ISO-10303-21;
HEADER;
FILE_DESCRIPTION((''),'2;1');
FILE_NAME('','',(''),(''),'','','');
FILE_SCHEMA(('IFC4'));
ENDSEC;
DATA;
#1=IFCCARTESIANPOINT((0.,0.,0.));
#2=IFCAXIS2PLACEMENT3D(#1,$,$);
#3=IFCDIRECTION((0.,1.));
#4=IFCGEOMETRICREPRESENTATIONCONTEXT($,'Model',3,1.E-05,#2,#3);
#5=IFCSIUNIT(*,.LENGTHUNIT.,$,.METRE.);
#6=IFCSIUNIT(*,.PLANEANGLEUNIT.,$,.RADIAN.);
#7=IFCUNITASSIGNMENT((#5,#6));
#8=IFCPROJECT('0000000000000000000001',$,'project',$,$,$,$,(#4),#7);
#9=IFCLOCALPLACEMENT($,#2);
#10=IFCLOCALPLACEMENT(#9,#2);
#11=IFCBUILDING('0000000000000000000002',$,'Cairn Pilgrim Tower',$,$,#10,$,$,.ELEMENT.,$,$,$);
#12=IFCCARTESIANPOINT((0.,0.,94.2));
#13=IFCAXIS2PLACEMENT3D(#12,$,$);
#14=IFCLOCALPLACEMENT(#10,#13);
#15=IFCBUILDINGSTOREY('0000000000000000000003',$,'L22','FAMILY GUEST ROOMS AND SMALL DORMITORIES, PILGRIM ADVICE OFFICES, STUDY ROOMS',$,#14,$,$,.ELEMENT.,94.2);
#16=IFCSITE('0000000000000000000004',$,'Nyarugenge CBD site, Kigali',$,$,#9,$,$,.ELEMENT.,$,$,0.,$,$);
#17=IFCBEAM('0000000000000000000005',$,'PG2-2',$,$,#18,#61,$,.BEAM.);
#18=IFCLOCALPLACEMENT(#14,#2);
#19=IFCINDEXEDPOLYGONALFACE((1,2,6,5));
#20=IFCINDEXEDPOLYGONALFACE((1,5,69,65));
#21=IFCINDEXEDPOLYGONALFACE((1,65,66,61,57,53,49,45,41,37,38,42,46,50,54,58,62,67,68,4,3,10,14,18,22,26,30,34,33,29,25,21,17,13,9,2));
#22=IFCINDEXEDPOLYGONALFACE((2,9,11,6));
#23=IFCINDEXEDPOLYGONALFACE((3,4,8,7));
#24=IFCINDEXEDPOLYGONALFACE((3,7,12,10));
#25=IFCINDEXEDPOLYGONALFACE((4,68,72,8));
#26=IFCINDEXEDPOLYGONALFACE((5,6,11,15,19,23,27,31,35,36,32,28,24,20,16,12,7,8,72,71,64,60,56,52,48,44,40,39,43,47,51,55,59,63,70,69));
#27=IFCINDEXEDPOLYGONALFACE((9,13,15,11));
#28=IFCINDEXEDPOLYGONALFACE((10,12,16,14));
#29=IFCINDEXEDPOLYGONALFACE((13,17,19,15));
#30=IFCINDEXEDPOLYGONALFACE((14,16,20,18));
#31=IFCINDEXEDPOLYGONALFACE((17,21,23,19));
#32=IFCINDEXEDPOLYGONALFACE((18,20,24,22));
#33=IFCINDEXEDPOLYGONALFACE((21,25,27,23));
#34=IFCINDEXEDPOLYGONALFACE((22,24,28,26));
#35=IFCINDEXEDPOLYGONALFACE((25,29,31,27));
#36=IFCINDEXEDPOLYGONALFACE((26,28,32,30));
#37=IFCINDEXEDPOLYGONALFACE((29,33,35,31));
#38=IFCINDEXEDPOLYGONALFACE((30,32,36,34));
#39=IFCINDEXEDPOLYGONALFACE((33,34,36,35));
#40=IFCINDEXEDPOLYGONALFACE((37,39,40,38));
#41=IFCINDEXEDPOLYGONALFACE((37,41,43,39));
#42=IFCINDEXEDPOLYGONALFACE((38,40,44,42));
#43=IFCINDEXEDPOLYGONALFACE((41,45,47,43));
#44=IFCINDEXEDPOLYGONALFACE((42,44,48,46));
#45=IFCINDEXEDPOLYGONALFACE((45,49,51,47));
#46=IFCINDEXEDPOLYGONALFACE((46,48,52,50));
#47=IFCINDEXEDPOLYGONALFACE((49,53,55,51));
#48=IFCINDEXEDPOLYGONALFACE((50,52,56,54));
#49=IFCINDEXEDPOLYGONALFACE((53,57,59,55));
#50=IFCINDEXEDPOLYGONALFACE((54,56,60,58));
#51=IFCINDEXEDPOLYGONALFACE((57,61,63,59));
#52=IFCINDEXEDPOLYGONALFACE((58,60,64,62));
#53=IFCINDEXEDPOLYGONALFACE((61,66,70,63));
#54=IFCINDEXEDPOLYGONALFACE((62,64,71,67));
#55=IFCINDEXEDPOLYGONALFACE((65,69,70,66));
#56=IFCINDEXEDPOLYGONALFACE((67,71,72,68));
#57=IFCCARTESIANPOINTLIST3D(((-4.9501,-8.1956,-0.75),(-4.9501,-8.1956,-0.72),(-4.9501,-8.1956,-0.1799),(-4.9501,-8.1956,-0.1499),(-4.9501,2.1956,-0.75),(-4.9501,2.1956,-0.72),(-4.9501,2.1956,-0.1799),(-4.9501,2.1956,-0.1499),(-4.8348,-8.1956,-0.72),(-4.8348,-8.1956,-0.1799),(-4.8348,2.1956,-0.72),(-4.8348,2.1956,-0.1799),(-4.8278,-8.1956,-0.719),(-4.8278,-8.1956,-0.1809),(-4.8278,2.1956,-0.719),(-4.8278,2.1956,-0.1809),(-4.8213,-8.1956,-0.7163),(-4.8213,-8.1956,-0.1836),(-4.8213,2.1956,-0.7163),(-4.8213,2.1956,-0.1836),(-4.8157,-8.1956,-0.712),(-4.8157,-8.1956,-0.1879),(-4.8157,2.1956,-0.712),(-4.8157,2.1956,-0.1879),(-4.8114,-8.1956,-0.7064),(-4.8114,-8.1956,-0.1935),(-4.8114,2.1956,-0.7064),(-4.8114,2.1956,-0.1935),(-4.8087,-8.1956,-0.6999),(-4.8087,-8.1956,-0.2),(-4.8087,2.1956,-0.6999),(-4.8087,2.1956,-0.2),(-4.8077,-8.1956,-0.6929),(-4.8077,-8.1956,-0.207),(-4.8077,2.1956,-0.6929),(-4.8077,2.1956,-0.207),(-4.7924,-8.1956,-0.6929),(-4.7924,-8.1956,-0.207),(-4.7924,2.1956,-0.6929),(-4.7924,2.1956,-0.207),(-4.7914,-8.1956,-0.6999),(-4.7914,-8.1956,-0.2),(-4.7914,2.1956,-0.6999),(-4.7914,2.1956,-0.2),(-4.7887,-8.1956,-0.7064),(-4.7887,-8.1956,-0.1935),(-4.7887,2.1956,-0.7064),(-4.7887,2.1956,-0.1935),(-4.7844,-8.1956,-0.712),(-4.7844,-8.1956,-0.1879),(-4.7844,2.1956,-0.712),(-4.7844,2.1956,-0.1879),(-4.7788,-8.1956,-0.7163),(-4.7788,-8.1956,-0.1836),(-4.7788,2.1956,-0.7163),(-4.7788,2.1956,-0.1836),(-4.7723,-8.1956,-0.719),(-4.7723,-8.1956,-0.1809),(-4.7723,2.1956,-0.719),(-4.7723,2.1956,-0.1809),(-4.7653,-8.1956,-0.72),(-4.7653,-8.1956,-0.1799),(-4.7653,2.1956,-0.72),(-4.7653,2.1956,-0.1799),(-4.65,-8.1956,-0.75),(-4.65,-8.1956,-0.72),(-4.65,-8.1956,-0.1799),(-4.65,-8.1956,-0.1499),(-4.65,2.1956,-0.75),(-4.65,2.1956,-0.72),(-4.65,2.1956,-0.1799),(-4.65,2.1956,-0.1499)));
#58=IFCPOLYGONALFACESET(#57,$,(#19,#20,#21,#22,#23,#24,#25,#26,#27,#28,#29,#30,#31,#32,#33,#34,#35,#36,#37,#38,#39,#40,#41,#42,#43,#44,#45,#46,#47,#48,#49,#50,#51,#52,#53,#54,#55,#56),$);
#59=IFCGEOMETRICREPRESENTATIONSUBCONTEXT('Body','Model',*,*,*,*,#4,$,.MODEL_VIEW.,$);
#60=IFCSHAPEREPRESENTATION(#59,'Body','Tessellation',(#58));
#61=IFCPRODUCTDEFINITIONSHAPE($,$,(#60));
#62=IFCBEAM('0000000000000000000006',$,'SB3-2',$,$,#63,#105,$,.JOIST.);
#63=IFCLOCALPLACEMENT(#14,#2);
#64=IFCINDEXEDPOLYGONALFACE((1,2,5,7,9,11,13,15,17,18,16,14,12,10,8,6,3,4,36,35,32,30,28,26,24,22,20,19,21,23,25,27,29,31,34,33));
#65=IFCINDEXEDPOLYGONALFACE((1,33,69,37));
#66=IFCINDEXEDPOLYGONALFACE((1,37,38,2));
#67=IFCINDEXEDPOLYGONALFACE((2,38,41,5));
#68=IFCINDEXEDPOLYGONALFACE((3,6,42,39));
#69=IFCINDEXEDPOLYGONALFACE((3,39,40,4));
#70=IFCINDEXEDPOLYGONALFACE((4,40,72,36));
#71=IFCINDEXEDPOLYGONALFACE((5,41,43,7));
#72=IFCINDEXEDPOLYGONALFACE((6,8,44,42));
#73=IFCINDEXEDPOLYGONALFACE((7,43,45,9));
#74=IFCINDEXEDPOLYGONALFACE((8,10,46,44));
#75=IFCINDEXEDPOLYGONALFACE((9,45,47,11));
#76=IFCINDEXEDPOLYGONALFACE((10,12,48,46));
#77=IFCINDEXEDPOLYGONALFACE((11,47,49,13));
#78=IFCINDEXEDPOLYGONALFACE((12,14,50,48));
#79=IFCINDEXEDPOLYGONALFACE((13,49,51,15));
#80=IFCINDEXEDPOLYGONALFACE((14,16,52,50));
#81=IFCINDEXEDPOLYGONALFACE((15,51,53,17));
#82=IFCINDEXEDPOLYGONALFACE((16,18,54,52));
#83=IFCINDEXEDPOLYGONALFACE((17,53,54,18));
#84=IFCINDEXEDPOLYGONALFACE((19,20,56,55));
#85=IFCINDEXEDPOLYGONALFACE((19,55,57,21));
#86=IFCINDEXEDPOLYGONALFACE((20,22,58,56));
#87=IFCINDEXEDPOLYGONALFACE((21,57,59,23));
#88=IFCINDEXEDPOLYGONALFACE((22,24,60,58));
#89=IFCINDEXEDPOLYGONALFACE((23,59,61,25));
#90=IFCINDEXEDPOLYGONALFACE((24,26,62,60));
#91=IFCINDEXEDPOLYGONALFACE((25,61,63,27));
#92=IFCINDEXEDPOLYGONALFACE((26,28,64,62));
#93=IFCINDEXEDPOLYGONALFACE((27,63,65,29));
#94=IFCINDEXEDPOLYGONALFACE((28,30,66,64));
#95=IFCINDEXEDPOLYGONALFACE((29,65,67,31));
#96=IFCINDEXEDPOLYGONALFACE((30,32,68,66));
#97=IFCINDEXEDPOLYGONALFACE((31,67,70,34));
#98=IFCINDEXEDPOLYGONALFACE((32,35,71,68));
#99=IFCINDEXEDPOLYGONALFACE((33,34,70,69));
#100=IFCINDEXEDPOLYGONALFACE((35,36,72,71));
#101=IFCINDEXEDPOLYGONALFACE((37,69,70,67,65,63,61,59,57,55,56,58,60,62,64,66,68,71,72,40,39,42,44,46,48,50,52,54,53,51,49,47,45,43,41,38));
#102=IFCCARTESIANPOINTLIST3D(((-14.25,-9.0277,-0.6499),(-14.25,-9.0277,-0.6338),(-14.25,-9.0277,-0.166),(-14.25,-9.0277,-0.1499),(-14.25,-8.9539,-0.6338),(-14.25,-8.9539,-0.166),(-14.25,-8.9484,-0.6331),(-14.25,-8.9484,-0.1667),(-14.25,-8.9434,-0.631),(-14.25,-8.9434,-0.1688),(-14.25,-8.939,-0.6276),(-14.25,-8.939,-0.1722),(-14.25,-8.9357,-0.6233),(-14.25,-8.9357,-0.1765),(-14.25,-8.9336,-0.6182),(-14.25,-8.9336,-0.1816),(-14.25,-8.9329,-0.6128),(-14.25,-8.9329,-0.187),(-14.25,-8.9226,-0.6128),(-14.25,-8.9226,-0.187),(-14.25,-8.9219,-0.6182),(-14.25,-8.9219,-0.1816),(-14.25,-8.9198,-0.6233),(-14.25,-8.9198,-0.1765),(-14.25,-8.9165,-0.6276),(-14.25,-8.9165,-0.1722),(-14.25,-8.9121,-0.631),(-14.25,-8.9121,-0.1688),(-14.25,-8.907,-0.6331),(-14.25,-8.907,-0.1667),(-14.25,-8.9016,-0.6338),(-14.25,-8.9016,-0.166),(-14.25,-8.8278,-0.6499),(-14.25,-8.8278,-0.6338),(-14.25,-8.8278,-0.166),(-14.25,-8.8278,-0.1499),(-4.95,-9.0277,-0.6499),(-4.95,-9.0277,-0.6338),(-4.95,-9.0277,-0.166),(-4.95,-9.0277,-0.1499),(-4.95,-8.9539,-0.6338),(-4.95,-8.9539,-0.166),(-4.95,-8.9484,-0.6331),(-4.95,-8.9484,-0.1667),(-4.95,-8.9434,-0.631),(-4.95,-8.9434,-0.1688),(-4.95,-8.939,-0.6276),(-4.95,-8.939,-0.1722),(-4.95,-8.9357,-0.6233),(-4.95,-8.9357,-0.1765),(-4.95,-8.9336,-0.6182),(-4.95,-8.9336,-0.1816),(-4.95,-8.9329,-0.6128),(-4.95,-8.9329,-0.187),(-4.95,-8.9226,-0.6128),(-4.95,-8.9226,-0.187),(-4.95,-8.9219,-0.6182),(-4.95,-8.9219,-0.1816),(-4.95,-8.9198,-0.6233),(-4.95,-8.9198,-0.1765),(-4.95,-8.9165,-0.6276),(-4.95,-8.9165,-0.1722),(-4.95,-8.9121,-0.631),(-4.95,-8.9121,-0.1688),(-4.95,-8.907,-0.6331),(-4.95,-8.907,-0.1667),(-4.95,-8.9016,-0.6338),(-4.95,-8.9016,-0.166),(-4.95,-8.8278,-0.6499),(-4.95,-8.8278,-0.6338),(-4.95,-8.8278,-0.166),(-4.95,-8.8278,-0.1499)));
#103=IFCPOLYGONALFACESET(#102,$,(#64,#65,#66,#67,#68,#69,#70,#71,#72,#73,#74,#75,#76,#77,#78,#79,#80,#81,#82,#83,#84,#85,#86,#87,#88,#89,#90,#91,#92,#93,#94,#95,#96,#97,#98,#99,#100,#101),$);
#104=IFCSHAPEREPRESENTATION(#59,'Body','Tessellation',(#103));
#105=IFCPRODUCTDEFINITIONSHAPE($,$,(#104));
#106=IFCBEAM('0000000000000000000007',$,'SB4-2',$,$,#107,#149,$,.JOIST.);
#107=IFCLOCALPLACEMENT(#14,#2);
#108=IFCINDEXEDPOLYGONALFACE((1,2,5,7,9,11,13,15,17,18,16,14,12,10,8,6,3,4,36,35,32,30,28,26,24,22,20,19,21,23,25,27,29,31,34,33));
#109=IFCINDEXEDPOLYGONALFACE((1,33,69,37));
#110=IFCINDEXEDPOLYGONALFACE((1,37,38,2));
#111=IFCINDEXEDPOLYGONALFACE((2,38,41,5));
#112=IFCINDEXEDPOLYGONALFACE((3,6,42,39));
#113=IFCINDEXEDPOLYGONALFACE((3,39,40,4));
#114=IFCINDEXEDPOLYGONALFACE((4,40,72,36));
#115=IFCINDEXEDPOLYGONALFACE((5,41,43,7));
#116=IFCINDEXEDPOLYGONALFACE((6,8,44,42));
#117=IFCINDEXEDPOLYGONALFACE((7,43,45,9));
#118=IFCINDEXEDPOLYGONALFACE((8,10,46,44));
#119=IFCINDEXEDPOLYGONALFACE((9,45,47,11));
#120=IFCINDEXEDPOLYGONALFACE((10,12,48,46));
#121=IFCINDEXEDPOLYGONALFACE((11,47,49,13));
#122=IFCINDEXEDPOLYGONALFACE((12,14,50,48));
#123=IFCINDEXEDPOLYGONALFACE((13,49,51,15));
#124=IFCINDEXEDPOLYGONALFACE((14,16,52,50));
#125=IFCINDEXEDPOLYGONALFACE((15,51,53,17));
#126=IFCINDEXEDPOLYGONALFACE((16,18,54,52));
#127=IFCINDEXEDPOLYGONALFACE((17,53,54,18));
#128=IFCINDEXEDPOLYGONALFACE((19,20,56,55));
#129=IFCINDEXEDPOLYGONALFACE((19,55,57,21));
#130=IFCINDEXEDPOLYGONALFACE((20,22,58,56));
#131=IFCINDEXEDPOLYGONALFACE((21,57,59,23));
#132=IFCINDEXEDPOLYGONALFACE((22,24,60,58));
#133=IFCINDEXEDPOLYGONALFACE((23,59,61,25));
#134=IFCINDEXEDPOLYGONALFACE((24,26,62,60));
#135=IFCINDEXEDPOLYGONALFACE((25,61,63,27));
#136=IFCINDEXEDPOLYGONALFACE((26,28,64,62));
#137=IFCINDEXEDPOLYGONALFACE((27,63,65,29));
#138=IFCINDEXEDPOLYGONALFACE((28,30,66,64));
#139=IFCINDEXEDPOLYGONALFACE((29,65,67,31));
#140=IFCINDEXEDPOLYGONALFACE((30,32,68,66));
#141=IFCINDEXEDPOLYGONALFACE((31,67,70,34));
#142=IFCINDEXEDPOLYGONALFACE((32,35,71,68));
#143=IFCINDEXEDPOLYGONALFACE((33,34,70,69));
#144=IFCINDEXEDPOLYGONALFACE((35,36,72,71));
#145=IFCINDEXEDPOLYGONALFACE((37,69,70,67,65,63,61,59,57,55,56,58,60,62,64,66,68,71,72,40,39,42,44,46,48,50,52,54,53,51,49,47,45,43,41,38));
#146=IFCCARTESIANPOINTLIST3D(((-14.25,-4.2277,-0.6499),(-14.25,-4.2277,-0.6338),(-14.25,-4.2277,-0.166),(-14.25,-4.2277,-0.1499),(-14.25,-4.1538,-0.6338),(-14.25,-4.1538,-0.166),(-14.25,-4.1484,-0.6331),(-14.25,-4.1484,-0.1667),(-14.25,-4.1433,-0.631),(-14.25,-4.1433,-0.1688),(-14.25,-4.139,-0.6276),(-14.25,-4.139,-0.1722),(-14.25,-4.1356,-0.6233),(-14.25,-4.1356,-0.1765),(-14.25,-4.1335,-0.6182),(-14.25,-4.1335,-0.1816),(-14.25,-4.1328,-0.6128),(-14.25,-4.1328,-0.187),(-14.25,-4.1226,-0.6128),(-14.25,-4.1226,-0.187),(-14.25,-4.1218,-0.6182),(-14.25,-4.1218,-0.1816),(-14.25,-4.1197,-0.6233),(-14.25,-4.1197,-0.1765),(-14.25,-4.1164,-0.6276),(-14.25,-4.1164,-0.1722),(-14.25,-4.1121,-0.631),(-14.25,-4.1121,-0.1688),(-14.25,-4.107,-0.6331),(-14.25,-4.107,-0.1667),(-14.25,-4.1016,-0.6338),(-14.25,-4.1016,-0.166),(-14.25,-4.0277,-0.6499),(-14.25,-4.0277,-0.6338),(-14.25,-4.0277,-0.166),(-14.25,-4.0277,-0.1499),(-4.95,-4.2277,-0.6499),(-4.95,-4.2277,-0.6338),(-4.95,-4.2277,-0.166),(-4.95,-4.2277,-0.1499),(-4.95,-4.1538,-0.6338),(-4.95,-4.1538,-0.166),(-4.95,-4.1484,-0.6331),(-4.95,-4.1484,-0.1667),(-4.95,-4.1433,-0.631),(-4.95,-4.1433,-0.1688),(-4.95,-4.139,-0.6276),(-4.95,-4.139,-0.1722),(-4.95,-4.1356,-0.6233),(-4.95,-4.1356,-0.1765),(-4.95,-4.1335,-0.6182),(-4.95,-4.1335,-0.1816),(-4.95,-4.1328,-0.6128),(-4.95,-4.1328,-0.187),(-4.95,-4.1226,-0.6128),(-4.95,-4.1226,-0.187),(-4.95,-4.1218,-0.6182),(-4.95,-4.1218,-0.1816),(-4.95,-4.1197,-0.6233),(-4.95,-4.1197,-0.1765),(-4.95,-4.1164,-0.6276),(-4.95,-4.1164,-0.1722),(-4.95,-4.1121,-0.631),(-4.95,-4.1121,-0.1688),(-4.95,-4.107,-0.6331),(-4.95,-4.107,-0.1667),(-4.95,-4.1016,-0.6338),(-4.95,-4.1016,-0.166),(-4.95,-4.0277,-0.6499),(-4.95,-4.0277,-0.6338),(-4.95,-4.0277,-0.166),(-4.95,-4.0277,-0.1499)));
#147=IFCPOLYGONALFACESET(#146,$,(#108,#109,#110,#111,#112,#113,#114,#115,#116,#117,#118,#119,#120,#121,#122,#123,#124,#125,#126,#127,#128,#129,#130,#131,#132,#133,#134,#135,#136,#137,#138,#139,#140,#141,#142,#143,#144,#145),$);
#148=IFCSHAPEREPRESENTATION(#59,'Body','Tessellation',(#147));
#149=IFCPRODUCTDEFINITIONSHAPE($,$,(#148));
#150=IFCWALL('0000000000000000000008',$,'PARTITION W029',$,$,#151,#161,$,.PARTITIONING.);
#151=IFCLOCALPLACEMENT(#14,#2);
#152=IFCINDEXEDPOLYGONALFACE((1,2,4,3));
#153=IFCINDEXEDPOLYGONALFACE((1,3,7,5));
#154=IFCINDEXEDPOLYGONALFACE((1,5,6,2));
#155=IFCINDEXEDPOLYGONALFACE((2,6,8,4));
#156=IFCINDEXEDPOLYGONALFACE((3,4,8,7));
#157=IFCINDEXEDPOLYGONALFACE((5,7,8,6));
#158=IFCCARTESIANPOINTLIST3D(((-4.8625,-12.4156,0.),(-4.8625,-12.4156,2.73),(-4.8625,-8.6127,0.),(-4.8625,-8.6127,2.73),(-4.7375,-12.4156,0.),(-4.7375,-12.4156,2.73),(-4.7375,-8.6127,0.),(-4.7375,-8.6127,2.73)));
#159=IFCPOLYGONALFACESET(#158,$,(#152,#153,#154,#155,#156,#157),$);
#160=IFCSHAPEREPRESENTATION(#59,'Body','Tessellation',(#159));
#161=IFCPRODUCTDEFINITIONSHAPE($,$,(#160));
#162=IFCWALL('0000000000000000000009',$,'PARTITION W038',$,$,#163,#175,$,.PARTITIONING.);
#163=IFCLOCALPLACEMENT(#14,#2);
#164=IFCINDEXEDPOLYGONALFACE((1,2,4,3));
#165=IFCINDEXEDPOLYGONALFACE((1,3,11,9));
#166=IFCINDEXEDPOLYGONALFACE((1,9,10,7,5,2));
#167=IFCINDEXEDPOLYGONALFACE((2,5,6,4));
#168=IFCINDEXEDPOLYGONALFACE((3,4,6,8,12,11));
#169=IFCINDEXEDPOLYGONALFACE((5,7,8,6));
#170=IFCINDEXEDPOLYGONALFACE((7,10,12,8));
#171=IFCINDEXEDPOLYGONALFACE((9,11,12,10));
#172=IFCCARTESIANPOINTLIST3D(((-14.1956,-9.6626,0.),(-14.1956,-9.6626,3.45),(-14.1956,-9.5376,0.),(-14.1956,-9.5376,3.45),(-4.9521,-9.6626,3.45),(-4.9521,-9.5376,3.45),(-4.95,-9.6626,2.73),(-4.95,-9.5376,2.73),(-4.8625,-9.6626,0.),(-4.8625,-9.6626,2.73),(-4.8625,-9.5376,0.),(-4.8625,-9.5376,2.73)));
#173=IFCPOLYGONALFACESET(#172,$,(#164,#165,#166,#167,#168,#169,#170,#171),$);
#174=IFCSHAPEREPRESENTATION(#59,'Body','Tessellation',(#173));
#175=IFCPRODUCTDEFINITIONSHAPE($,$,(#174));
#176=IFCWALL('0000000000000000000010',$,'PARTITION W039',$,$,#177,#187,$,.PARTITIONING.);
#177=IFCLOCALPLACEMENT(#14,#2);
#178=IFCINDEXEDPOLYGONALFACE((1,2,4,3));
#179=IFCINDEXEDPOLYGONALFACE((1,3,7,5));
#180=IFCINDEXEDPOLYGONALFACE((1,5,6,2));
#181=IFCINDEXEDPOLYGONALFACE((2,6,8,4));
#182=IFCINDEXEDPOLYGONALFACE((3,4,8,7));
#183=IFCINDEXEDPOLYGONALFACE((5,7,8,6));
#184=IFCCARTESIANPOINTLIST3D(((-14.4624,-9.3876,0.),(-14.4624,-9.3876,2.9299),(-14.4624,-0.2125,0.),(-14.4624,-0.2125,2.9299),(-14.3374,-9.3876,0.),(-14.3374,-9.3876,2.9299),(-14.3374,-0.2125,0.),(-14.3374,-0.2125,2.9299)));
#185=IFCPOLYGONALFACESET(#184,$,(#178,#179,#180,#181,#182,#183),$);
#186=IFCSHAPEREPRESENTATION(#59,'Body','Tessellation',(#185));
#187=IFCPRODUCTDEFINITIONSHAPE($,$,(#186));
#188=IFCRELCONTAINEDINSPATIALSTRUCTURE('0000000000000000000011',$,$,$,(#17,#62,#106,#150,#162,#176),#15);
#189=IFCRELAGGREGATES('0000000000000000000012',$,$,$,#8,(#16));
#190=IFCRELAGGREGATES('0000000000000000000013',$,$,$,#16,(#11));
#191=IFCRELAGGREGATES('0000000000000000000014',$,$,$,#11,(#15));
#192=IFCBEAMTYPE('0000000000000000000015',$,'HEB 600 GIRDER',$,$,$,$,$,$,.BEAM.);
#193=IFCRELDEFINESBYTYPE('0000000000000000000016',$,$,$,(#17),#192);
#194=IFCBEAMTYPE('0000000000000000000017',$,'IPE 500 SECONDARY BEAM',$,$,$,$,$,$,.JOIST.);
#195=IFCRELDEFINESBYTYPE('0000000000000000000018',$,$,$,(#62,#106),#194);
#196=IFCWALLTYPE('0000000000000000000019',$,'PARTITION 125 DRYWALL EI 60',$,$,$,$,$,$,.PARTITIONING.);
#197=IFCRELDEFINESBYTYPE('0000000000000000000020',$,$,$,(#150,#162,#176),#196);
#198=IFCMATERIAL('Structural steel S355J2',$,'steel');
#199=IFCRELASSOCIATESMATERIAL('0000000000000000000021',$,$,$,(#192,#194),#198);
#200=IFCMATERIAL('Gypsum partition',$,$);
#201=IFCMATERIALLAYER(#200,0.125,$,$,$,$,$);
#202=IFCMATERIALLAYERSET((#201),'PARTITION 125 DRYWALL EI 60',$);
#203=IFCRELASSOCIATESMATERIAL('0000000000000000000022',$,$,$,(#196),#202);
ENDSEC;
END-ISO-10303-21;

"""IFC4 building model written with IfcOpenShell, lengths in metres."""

from ifc_helpers import new_model, si_unit, direction, frame, frame_2d, origin, origin_2d, place, context, subcontext, project, spatial, polyline, rectangle, i_section, outline, extrude, material, layer, layer_set, material_profile, profile_set, type_object, element, save


model = new_model("IFC4")

# Units and contexts
model_context = context("Model", 3, precision=1e-05, world=origin(), true_north=direction((0.0, 1.0)))
body_context = subcontext(model_context, "Body", "Model", "MODEL_VIEW")
ifc_project = project(units=[si_unit("LENGTHUNIT", "METRE"), si_unit("PLANEANGLEUNIT", "RADIAN")], contexts=[model_context])

# Site, building, storey
site_placement = place(None, origin())
site = spatial("IfcSite", under=ifc_project, at=site_placement, Name="Nyarugenge CBD site, Kigali", CompositionType="ELEMENT", RefElevation=0.0)
building_placement = place(site_placement, origin())
building = spatial("IfcBuilding", under=site, at=building_placement, Name="Cairn Pilgrim Tower", CompositionType="ELEMENT")
storey_placement = place(building_placement, frame((0.0, 0.0, 94.2)))
storey = spatial("IfcBuildingStorey", under=building, at=storey_placement, Name="L22", Description="FAMILY GUEST ROOMS AND SMALL DORMITORIES, PILGRIM ADVICE OFFICES, STUDY ROOMS", CompositionType="ELEMENT", Elevation=94.2)

# Beams
ifc_material_1 = material(Name="Structural steel S355J2", Category="steel")
ifc_material_profile_1 = material_profile(ifc_material_1, i_section(OverallWidth=0.3, OverallDepth=0.6001, WebThickness=0.0154, FlangeThickness=0.03, FilletRadius=0.0271, at=origin_2d()), Name="HEB 600")
ifc_profile_set_1 = profile_set([ifc_material_profile_1], Name="Structural steel S355J2")
beam_type_1 = type_object("IfcBeamType", Name="HEB 600 GIRDER", PredefinedType="BEAM", material=ifc_profile_set_1)
beam_1_placement = place(storey_placement, frame((-4.8, -8.1956, -0.45), z_axis=(0.0, 1.0, 0.0), x_axis=(-1.0, 0.0, 0.0)))
element("IfcBeam", 1, at=beam_1_placement, inside=storey, type_object=beam_type_1, Name="PG2-2", PredefinedType="BEAM", context=body_context, shape_type="SweptSolid", body=[
    extrude(i_section(OverallWidth=0.3, OverallDepth=0.6001, WebThickness=0.0154, FlangeThickness=0.03, FilletRadius=0.0271, at=origin_2d()), origin(), (0.0, 0.0, 1.0), 10.3911),
])
ifc_material_profile_2 = material_profile(ifc_material_1, i_section(OverallWidth=0.2, OverallDepth=0.5, WebThickness=0.0103, FlangeThickness=0.0161, FilletRadius=0.021, at=origin_2d()), Name="IPE 500")
ifc_profile_set_2 = profile_set([ifc_material_profile_2], Name="Structural steel S355J2")
beam_type_2 = type_object("IfcBeamType", Name="IPE 500 SECONDARY BEAM", PredefinedType="JOIST", material=ifc_profile_set_2)
for number, where, z_axis, x_axis, name in (
    (2, (-14.25, -8.9277, -0.3999), (1.0, 0.0, 0.0), (0.0, 1.0, 0.0), "SB3-2"),
    (3, (-14.25, -4.1277, -0.3999), (1.0, 0.0, 0.0), (0.0, 1.0, 0.0), "SB4-2"),
):
    element("IfcBeam", number, at=place(storey_placement, frame(where, z_axis=z_axis, x_axis=x_axis)), inside=storey, type_object=beam_type_2, Name=name, PredefinedType="JOIST", context=body_context, shape_type="SweptSolid", body=[
        extrude(i_section(OverallWidth=0.2, OverallDepth=0.5, WebThickness=0.0103, FlangeThickness=0.0161, FilletRadius=0.021, at=origin_2d()), origin(), (0.0, 0.0, 1.0), 9.3),
    ])

# Walls
ifc_material_2 = material(Name="Gypsum partition")
ifc_layer_1 = layer(ifc_material_2, 0.125)
ifc_layer_set_1 = layer_set([ifc_layer_1], Name="PARTITION 125 DRYWALL EI 60")
wall_type_1 = type_object("IfcWallType", Name="PARTITION 125 DRYWALL EI 60", PredefinedType="PARTITIONING", material=ifc_layer_set_1)
wall_1_placement = place(storey_placement, frame((-4.8, -12.4155, 0.0), z_axis=(0.0, 0.0, 1.0), x_axis=(0.0, 1.0, 0.0)))
element("IfcWall", 4, at=wall_1_placement, inside=storey, type_object=wall_type_1, Name="PARTITION W029", PredefinedType="PARTITIONING", context=body_context, shape_type="SweptSolid", body=[
    extrude(rectangle(XDim=3.803, YDim=0.125, at=frame_2d((1.9014, 0.0))), origin(), (0.0, 0.0, 1.0), 2.73),
])
wall_2_placement = place(storey_placement, frame((-14.1956, -9.6001, 0.0), z_axis=(0.0, 0.0, 1.0), x_axis=(1.0, 0.0, 0.0)))
element("IfcWall", 5, at=wall_2_placement, inside=storey, type_object=wall_type_1, Name="PARTITION W038", PredefinedType="PARTITIONING", context=body_context, shape_type="SweptSolid", body=[
    extrude(outline(polyline([(0.0, 0.0), (9.333, 0.0), (9.333, 2.73), (9.2456, 2.73), (9.2434, 3.45), (0.0, 3.45), (0.0, 0.0)])), frame((0.0, 0.0625, 0.0), z_axis=(0.0, -1.0, 0.0), x_axis=(1.0, 0.0, 0.0)), (0.0, 0.0, 1.0), 0.125),
])
wall_3_placement = place(storey_placement, frame((-14.3999, -9.3875, 0.0), z_axis=(0.0, 0.0, 1.0), x_axis=(0.0, 1.0, 0.0)))
element("IfcWall", 6, at=wall_3_placement, inside=storey, type_object=wall_type_1, Name="PARTITION W039", PredefinedType="PARTITIONING", context=body_context, shape_type="SweptSolid", body=[
    extrude(rectangle(XDim=9.175, YDim=0.125, at=frame_2d((4.5874, 0.0))), origin(), (0.0, 0.0, 1.0), 2.9299),
])

save(model, "model.ifc")
